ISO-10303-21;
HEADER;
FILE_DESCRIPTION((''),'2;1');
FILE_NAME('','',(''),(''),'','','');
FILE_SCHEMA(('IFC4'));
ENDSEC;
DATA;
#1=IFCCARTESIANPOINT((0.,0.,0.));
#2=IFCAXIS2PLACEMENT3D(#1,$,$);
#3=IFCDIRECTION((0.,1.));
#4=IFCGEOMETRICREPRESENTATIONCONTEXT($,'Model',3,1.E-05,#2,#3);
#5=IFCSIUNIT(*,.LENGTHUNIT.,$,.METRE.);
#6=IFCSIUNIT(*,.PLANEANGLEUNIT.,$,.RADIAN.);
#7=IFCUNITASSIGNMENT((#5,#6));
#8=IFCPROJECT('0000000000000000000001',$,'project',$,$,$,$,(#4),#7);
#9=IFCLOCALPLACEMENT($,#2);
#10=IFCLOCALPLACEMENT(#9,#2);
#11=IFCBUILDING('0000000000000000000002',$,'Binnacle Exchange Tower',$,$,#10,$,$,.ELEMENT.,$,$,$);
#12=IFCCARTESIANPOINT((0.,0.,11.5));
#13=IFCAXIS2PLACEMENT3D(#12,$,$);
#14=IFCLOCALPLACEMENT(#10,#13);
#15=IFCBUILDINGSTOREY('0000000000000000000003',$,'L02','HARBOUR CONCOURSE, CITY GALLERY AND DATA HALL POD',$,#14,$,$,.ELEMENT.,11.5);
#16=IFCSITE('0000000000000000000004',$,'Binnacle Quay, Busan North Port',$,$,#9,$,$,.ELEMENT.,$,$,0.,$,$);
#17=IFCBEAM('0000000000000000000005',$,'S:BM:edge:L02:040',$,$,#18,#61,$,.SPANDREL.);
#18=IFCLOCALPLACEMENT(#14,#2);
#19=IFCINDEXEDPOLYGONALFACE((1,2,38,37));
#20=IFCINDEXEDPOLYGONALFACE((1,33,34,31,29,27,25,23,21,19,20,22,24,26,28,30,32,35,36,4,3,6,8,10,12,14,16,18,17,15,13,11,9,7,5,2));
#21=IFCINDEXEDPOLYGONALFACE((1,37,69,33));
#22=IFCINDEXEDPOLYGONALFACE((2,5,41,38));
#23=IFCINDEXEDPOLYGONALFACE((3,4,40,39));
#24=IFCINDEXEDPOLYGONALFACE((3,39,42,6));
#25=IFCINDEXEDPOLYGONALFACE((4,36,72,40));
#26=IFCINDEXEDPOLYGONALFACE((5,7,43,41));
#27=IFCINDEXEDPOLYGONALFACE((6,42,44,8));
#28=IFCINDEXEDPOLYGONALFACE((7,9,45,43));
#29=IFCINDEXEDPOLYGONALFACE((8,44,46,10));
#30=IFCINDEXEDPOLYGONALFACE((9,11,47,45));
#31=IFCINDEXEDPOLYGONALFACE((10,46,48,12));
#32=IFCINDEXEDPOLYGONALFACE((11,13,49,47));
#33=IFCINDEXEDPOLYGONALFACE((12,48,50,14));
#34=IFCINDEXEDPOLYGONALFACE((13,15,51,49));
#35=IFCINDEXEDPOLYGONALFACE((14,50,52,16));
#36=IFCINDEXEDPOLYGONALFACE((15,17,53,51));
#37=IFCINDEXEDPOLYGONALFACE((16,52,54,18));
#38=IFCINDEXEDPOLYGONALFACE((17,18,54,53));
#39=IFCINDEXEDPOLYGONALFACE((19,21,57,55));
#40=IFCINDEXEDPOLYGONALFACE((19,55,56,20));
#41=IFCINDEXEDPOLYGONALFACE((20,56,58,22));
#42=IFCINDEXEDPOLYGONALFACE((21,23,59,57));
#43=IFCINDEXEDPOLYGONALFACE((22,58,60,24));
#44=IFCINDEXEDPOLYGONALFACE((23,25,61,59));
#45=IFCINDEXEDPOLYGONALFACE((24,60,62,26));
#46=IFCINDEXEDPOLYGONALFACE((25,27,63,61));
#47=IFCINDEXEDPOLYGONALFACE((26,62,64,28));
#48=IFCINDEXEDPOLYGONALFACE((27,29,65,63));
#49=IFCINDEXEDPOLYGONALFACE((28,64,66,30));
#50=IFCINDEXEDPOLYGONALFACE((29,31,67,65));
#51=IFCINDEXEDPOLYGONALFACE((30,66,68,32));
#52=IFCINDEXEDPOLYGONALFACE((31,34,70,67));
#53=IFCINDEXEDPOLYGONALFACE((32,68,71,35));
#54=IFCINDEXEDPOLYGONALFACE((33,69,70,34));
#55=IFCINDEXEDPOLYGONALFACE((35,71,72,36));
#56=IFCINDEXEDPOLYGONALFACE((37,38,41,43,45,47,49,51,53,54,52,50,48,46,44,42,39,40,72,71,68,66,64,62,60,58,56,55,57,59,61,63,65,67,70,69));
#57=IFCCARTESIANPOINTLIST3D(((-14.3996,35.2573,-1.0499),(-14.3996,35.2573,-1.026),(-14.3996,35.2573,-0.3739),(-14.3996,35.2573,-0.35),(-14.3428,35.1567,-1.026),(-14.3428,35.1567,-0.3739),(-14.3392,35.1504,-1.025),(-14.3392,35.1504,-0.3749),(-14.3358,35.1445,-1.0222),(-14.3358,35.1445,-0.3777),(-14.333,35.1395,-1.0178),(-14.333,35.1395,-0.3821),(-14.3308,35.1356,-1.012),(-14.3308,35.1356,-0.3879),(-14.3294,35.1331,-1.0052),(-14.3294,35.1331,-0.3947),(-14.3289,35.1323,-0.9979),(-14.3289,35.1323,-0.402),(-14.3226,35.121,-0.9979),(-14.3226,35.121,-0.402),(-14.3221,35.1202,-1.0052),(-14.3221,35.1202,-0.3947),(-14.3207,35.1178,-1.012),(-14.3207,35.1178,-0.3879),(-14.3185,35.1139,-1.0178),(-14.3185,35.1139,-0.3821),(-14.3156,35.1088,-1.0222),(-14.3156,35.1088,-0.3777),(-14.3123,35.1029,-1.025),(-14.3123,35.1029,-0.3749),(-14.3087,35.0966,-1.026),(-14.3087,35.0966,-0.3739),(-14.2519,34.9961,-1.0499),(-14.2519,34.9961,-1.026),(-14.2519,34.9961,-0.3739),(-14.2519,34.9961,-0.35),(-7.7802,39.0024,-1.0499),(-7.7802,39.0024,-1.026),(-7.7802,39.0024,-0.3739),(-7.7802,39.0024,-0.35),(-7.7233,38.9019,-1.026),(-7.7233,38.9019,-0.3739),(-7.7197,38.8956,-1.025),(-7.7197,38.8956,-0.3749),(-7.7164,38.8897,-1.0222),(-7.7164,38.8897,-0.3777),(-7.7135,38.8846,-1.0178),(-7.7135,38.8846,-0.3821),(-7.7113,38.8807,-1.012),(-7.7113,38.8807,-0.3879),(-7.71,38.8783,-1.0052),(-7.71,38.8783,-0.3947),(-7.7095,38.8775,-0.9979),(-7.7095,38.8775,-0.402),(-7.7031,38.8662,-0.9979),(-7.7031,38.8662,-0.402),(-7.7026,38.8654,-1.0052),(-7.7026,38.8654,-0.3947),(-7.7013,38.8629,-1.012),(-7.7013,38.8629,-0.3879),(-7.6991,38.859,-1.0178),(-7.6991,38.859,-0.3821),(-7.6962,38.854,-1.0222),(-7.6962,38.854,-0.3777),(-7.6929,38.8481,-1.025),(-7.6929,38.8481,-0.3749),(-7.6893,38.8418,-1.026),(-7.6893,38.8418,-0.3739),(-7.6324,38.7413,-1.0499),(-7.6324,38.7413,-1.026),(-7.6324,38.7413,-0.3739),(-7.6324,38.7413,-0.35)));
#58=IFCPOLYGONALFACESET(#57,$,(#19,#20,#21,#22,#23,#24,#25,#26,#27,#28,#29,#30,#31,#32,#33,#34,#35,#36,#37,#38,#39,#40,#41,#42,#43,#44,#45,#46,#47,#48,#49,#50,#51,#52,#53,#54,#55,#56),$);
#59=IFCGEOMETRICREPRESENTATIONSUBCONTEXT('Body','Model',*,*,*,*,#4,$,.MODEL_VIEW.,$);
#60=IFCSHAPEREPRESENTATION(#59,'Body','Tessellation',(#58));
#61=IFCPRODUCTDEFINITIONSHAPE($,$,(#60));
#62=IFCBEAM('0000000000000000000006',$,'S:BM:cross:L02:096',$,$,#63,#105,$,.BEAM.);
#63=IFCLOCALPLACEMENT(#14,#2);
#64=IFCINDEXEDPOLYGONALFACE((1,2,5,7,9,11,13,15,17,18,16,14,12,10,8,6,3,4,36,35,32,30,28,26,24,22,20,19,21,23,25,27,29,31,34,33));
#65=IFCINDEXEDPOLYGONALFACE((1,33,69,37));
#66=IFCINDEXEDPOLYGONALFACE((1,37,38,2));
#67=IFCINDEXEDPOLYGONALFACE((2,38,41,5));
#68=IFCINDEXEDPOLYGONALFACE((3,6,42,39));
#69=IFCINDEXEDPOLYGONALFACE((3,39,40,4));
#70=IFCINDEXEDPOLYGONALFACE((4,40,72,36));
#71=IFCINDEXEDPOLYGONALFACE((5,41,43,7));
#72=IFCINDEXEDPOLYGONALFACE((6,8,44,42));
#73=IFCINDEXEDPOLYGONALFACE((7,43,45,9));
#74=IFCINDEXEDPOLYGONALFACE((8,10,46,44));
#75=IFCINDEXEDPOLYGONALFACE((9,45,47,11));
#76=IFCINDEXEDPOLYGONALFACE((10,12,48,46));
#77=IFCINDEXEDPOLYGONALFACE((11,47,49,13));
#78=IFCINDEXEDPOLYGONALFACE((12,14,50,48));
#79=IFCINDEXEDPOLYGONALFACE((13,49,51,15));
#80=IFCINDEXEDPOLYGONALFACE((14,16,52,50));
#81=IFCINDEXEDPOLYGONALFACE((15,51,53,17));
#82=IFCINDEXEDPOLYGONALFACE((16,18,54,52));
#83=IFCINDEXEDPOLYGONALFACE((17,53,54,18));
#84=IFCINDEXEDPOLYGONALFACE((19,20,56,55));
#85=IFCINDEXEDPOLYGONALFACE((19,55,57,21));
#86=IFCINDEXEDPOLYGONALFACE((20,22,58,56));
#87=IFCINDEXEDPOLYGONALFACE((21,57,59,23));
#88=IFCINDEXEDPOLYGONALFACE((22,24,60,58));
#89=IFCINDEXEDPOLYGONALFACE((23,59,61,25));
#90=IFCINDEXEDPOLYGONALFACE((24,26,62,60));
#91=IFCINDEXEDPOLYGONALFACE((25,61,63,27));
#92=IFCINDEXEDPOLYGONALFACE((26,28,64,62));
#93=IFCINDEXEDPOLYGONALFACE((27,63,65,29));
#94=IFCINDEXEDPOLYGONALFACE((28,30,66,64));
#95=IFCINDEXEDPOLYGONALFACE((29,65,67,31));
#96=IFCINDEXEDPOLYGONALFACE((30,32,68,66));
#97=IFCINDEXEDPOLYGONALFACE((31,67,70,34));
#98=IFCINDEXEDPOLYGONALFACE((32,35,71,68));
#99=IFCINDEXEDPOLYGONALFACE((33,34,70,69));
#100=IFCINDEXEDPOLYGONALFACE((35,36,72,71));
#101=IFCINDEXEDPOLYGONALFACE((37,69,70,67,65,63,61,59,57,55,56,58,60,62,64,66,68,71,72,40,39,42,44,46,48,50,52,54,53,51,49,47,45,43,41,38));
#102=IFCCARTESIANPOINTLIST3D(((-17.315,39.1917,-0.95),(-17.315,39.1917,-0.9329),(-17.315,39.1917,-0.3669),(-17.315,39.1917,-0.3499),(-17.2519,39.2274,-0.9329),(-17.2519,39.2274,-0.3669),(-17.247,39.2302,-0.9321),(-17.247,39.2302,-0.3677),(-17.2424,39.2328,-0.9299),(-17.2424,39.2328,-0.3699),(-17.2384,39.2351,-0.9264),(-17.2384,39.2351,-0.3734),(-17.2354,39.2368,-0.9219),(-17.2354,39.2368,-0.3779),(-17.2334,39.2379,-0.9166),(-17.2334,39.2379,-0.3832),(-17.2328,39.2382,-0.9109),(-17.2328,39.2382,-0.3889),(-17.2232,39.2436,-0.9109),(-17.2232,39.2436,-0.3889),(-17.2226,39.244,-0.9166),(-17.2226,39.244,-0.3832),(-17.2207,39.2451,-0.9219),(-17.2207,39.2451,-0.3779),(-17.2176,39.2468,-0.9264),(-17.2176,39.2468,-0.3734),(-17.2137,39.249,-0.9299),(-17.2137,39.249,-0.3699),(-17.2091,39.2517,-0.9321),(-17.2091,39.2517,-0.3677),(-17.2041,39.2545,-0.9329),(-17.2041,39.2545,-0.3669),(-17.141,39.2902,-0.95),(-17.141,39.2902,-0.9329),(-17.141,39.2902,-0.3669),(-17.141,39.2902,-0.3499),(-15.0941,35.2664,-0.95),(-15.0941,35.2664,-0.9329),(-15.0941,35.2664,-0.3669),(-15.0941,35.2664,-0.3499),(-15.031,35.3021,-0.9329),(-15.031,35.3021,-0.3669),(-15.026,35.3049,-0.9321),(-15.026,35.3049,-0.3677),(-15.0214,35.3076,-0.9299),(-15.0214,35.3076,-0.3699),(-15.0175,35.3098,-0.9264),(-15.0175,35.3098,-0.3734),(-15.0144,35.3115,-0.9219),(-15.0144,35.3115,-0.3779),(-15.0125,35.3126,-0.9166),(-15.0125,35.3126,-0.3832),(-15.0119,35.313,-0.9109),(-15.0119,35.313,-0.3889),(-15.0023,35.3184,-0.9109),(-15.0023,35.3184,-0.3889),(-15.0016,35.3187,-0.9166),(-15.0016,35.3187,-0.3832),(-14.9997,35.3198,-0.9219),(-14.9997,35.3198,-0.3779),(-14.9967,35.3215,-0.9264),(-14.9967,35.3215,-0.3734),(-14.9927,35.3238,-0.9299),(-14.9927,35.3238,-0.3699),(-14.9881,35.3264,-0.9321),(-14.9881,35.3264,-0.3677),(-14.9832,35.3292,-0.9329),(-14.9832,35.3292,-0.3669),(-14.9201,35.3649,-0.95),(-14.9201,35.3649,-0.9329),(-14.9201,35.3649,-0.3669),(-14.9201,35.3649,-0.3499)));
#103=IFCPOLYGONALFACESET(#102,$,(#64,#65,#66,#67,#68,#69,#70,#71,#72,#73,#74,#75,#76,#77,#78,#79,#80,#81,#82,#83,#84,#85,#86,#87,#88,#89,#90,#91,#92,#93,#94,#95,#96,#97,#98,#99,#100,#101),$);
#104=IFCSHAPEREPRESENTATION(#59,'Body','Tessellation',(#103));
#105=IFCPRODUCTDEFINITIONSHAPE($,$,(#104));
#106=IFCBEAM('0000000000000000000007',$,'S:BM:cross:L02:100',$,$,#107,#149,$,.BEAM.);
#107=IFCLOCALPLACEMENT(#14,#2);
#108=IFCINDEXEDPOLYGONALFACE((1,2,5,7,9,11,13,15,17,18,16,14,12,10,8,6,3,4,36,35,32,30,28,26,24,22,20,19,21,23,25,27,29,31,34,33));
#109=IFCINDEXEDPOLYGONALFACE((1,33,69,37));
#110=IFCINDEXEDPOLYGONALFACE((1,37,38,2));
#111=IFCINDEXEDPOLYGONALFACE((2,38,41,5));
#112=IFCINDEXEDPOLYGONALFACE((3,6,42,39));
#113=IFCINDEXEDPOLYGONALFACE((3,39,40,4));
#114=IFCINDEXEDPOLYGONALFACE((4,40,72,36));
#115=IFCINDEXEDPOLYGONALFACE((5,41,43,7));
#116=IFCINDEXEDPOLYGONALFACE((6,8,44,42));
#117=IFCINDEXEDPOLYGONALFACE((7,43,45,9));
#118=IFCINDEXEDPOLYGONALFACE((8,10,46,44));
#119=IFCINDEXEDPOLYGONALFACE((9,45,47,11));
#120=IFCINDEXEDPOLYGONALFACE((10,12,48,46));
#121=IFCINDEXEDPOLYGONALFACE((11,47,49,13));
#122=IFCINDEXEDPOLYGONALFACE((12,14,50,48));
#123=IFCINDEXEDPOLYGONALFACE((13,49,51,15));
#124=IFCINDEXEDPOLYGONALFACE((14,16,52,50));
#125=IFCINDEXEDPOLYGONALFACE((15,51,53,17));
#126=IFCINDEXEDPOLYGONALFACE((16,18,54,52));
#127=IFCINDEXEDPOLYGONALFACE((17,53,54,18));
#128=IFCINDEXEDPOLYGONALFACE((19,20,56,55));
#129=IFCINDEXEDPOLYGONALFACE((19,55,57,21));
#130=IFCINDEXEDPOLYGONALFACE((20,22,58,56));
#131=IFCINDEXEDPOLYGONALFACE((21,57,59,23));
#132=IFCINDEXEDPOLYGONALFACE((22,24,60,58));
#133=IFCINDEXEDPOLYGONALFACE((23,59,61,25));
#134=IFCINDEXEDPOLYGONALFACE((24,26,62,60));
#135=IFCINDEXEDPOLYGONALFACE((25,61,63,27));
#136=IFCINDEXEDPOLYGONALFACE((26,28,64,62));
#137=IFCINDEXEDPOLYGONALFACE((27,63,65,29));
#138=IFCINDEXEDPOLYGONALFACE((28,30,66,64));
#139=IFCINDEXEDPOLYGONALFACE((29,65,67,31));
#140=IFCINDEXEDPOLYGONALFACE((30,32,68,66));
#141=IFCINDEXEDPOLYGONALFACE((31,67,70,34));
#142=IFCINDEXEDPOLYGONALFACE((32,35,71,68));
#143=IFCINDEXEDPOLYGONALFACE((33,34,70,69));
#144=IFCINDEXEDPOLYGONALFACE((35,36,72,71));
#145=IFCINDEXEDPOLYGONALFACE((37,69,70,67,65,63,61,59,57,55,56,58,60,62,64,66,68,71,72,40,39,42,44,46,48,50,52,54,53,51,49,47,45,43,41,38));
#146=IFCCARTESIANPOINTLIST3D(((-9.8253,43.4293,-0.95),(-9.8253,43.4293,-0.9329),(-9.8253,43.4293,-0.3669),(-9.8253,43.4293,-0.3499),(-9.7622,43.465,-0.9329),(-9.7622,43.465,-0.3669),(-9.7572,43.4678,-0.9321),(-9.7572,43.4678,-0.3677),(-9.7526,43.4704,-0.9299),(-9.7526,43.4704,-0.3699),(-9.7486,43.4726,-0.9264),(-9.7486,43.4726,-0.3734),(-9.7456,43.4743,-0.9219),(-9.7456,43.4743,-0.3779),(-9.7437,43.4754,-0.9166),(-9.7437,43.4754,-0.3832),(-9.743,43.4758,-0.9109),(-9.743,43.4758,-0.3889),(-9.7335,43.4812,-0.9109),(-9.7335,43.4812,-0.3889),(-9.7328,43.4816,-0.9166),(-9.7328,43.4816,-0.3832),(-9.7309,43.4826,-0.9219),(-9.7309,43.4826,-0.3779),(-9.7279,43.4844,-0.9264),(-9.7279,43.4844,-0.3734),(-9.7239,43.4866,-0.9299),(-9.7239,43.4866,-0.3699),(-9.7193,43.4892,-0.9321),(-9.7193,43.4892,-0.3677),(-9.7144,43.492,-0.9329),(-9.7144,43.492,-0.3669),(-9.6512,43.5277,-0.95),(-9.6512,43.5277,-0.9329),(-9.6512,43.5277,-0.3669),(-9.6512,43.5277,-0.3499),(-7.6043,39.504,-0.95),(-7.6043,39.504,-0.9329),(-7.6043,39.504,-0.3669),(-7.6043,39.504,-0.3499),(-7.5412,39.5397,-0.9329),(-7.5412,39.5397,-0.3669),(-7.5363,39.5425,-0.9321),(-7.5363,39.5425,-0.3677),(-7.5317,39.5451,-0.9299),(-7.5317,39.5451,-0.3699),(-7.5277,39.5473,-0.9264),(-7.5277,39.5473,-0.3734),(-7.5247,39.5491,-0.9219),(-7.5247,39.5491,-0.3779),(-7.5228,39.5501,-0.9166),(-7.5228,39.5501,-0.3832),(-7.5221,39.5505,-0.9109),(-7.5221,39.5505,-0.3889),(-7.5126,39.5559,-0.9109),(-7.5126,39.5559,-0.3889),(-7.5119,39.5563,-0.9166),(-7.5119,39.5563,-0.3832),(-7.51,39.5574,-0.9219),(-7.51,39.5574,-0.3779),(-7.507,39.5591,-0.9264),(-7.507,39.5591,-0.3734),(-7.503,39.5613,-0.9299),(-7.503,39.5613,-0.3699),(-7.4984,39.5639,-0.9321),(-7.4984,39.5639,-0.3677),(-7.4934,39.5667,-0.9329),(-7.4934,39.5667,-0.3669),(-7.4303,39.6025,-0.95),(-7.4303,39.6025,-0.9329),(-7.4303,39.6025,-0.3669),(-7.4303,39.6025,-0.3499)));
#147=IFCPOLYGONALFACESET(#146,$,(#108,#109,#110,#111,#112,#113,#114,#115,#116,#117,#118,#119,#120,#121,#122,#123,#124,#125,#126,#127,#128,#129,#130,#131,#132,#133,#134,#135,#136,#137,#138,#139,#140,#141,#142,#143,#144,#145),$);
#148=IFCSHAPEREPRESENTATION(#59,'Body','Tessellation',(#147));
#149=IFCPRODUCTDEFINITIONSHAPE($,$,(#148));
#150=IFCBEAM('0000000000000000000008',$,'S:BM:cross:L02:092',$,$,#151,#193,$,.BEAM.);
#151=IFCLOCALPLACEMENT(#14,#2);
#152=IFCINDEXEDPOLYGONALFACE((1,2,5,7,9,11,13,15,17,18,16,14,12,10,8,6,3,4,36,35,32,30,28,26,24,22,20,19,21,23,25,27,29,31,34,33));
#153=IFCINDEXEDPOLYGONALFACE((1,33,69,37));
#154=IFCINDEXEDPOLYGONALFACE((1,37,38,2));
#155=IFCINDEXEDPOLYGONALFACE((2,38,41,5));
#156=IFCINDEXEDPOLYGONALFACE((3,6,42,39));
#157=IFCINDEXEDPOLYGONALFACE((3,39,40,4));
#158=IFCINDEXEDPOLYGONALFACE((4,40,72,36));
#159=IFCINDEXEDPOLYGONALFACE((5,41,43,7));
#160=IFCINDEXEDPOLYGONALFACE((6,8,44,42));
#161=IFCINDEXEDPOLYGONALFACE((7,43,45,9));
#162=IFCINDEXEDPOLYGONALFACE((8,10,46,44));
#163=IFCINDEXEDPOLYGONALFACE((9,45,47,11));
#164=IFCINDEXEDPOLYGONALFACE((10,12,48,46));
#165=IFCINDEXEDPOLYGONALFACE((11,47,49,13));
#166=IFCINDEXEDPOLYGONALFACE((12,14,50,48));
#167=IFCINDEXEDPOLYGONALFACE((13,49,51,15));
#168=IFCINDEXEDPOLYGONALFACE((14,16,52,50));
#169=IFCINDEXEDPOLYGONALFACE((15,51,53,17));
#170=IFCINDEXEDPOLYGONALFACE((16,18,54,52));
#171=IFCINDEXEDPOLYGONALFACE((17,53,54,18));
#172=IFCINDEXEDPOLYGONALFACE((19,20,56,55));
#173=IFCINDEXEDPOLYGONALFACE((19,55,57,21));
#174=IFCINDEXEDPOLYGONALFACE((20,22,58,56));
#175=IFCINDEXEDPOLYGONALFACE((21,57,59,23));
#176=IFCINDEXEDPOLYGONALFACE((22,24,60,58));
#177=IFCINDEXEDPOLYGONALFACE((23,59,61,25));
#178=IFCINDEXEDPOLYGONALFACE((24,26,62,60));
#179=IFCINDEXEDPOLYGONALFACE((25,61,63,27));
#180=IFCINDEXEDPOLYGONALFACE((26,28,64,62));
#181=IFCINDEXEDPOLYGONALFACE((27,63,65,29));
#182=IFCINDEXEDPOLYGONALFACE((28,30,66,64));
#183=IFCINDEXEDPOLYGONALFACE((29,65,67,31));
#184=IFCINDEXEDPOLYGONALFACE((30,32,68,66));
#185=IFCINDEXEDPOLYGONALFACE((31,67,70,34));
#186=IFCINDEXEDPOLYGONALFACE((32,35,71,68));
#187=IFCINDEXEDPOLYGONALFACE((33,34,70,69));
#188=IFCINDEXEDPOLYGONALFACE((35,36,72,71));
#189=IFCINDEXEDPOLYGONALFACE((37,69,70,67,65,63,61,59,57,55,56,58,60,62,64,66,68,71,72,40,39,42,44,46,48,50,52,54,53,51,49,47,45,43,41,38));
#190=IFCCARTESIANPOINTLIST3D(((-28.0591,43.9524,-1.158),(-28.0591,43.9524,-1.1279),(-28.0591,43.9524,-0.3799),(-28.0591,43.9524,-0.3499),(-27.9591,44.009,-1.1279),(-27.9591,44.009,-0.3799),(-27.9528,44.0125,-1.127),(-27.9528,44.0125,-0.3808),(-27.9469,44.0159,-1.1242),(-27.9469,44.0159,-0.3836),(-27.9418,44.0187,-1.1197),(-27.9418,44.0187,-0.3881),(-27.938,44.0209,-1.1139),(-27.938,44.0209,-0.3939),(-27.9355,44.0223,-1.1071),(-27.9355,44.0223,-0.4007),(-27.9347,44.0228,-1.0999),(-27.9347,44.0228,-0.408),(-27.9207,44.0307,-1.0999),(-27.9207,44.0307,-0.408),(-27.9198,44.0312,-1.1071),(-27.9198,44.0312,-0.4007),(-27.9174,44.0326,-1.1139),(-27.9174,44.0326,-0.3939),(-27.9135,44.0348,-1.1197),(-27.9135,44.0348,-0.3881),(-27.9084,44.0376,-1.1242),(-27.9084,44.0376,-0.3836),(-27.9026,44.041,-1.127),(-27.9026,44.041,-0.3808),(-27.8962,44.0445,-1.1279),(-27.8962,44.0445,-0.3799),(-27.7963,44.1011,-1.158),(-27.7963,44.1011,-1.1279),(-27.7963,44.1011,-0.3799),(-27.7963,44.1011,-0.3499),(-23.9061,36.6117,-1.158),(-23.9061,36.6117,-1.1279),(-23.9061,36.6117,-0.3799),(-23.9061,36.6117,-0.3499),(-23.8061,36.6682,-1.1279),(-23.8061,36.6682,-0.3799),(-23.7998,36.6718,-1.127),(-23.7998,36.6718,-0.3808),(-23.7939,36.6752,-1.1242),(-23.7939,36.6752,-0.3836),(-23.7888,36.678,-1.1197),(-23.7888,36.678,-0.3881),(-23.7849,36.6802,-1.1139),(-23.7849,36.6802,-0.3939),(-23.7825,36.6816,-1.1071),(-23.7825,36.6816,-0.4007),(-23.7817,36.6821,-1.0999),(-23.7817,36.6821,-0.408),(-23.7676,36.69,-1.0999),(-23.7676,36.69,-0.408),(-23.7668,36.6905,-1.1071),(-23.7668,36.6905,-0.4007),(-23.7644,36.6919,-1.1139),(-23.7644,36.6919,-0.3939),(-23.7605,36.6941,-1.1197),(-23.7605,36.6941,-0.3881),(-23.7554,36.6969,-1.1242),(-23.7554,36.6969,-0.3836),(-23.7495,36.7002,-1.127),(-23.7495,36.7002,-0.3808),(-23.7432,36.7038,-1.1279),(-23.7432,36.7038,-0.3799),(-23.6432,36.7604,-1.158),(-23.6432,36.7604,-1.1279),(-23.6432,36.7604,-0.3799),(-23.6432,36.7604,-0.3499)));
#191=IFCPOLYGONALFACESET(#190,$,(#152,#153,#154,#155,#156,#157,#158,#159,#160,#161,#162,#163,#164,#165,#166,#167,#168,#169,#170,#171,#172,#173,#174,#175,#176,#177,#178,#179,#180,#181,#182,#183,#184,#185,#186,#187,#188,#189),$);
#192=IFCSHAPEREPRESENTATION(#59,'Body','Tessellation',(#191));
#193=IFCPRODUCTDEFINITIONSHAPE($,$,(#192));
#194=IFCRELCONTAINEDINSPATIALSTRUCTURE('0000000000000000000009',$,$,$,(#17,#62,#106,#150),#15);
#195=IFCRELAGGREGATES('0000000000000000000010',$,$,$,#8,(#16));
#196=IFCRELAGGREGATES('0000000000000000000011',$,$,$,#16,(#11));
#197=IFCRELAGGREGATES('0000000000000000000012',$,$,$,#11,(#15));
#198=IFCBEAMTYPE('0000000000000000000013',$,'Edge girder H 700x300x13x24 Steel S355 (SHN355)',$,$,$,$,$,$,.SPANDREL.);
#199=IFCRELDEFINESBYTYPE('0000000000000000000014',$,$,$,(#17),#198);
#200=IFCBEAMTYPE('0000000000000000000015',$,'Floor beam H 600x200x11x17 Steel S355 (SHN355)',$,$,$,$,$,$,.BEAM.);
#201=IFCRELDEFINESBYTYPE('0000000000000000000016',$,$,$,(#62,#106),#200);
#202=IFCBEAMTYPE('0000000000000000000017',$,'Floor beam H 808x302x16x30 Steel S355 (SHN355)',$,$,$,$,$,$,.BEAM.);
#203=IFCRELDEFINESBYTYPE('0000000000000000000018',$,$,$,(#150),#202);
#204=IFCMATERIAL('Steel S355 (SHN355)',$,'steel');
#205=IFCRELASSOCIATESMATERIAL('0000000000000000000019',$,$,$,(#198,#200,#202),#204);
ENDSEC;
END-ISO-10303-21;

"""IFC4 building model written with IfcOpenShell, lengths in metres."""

from ifc_helpers import new_model, si_unit, direction, frame, origin, origin_2d, place, context, subcontext, project, spatial, i_section, extrude, material, material_profile, profile_set, type_object, element, save


model = new_model("IFC4")

# Units and contexts
model_context = context("Model", 3, precision=1e-05, world=origin(), true_north=direction((0.0, 1.0)))
body_context = subcontext(model_context, "Body", "Model", "MODEL_VIEW")
ifc_project = project(units=[si_unit("LENGTHUNIT", "METRE"), si_unit("PLANEANGLEUNIT", "RADIAN")], contexts=[model_context])

# Site, building, storey
site_placement = place(None, origin())
site = spatial("IfcSite", under=ifc_project, at=site_placement, Name="Binnacle Quay, Busan North Port", CompositionType="ELEMENT", RefElevation=0.0)
building_placement = place(site_placement, origin())
building = spatial("IfcBuilding", under=site, at=building_placement, Name="Binnacle Exchange Tower", CompositionType="ELEMENT")
storey_placement = place(building_placement, frame((0.0, 0.0, 11.5)))
storey = spatial("IfcBuildingStorey", under=building, at=storey_placement, Name="L02", Description="HARBOUR CONCOURSE, CITY GALLERY AND DATA HALL POD", CompositionType="ELEMENT", Elevation=11.5)

# Beams
ifc_material_1 = material(Name="Steel S355 (SHN355)", Category="steel")
ifc_material_profile_1 = material_profile(ifc_material_1, i_section(OverallWidth=0.3, OverallDepth=0.7, WebThickness=0.0129, FlangeThickness=0.0239, FilletRadius=0.0281, at=origin_2d()), Name="H 700x300x13x24")
ifc_profile_set_1 = profile_set([ifc_material_profile_1], Name="Steel S355 (SHN355)")
beam_type_1 = type_object("IfcBeamType", Name="Edge girder H 700x300x13x24 Steel S355 (SHN355)", PredefinedType="SPANDREL", material=ifc_profile_set_1)
beam_1_placement = place(storey_placement, frame((-7.7063, 38.8718, -0.7), z_axis=(-0.870353, -0.492428, 0.0), x_axis=(0.492428, -0.870353, 0.0)))
element("IfcBeam", 1, at=beam_1_placement, inside=storey, type_object=beam_type_1, Name="S:BM:edge:L02:040", PredefinedType="SPANDREL", context=body_context, shape_type="SweptSolid", body=[
    extrude(i_section(OverallWidth=0.3, OverallDepth=0.7, WebThickness=0.0129, FlangeThickness=0.0239, FilletRadius=0.0281, at=origin_2d()), origin(), (0.0, 0.0, 1.0), 7.6055),
])
ifc_material_profile_2 = material_profile(ifc_material_1, i_section(OverallWidth=0.2, OverallDepth=0.6001, WebThickness=0.011, FlangeThickness=0.0171, FilletRadius=0.022, at=origin_2d()), Name="H 600x200x11x17")
ifc_profile_set_2 = profile_set([ifc_material_profile_2], Name="Steel S355 (SHN355)")
beam_type_2 = type_object("IfcBeamType", Name="Floor beam H 600x200x11x17 Steel S355 (SHN355)", PredefinedType="BEAM", material=ifc_profile_set_2)
for number, where, z_axis, x_axis, name in (
    (2, (-15.0071, 35.3157, -0.6499), (-0.492444, 0.870344, 0.0), (-0.870344, -0.492444, 0.0), "S:BM:cross:L02:096"),
    (3, (-7.5173, 39.5532, -0.6499), (-0.492444, 0.870344, 0.0), (-0.870344, -0.492444, 0.0), "S:BM:cross:L02:100"),
):
    element("IfcBeam", number, at=place(storey_placement, frame(where, z_axis=z_axis, x_axis=x_axis)), inside=storey, type_object=beam_type_2, Name=name, PredefinedType="BEAM", context=body_context, shape_type="SweptSolid", body=[
        extrude(i_section(OverallWidth=0.2, OverallDepth=0.6001, WebThickness=0.011, FlangeThickness=0.0171, FilletRadius=0.022, at=origin_2d()), origin(), (0.0, 0.0, 1.0), 4.51),
    ])
ifc_material_profile_3 = material_profile(ifc_material_1, i_section(OverallWidth=0.302, OverallDepth=0.8081, WebThickness=0.0161, FlangeThickness=0.03, FilletRadius=0.0281, at=origin_2d()), Name="H 808x302x16x30")
ifc_profile_set_3 = profile_set([ifc_material_profile_3], Name="Steel S355 (SHN355)")
beam_type_3 = type_object("IfcBeamType", Name="Floor beam H 808x302x16x30 Steel S355 (SHN355)", PredefinedType="BEAM", material=ifc_profile_set_3)
beam_2_placement = place(storey_placement, frame((-23.7747, 36.686, -0.7539), z_axis=(-0.492409, 0.870364, 0.0), x_axis=(-0.870364, -0.492409, 0.0)))
element("IfcBeam", 4, at=beam_2_placement, inside=storey, type_object=beam_type_3, Name="S:BM:cross:L02:092", PredefinedType="BEAM", context=body_context, shape_type="SweptSolid", body=[
    extrude(i_section(OverallWidth=0.302, OverallDepth=0.8081, WebThickness=0.0161, FlangeThickness=0.03, FilletRadius=0.0281, at=origin_2d()), origin(), (0.0, 0.0, 1.0), 8.4341),
])

save(model, "model.ifc")
